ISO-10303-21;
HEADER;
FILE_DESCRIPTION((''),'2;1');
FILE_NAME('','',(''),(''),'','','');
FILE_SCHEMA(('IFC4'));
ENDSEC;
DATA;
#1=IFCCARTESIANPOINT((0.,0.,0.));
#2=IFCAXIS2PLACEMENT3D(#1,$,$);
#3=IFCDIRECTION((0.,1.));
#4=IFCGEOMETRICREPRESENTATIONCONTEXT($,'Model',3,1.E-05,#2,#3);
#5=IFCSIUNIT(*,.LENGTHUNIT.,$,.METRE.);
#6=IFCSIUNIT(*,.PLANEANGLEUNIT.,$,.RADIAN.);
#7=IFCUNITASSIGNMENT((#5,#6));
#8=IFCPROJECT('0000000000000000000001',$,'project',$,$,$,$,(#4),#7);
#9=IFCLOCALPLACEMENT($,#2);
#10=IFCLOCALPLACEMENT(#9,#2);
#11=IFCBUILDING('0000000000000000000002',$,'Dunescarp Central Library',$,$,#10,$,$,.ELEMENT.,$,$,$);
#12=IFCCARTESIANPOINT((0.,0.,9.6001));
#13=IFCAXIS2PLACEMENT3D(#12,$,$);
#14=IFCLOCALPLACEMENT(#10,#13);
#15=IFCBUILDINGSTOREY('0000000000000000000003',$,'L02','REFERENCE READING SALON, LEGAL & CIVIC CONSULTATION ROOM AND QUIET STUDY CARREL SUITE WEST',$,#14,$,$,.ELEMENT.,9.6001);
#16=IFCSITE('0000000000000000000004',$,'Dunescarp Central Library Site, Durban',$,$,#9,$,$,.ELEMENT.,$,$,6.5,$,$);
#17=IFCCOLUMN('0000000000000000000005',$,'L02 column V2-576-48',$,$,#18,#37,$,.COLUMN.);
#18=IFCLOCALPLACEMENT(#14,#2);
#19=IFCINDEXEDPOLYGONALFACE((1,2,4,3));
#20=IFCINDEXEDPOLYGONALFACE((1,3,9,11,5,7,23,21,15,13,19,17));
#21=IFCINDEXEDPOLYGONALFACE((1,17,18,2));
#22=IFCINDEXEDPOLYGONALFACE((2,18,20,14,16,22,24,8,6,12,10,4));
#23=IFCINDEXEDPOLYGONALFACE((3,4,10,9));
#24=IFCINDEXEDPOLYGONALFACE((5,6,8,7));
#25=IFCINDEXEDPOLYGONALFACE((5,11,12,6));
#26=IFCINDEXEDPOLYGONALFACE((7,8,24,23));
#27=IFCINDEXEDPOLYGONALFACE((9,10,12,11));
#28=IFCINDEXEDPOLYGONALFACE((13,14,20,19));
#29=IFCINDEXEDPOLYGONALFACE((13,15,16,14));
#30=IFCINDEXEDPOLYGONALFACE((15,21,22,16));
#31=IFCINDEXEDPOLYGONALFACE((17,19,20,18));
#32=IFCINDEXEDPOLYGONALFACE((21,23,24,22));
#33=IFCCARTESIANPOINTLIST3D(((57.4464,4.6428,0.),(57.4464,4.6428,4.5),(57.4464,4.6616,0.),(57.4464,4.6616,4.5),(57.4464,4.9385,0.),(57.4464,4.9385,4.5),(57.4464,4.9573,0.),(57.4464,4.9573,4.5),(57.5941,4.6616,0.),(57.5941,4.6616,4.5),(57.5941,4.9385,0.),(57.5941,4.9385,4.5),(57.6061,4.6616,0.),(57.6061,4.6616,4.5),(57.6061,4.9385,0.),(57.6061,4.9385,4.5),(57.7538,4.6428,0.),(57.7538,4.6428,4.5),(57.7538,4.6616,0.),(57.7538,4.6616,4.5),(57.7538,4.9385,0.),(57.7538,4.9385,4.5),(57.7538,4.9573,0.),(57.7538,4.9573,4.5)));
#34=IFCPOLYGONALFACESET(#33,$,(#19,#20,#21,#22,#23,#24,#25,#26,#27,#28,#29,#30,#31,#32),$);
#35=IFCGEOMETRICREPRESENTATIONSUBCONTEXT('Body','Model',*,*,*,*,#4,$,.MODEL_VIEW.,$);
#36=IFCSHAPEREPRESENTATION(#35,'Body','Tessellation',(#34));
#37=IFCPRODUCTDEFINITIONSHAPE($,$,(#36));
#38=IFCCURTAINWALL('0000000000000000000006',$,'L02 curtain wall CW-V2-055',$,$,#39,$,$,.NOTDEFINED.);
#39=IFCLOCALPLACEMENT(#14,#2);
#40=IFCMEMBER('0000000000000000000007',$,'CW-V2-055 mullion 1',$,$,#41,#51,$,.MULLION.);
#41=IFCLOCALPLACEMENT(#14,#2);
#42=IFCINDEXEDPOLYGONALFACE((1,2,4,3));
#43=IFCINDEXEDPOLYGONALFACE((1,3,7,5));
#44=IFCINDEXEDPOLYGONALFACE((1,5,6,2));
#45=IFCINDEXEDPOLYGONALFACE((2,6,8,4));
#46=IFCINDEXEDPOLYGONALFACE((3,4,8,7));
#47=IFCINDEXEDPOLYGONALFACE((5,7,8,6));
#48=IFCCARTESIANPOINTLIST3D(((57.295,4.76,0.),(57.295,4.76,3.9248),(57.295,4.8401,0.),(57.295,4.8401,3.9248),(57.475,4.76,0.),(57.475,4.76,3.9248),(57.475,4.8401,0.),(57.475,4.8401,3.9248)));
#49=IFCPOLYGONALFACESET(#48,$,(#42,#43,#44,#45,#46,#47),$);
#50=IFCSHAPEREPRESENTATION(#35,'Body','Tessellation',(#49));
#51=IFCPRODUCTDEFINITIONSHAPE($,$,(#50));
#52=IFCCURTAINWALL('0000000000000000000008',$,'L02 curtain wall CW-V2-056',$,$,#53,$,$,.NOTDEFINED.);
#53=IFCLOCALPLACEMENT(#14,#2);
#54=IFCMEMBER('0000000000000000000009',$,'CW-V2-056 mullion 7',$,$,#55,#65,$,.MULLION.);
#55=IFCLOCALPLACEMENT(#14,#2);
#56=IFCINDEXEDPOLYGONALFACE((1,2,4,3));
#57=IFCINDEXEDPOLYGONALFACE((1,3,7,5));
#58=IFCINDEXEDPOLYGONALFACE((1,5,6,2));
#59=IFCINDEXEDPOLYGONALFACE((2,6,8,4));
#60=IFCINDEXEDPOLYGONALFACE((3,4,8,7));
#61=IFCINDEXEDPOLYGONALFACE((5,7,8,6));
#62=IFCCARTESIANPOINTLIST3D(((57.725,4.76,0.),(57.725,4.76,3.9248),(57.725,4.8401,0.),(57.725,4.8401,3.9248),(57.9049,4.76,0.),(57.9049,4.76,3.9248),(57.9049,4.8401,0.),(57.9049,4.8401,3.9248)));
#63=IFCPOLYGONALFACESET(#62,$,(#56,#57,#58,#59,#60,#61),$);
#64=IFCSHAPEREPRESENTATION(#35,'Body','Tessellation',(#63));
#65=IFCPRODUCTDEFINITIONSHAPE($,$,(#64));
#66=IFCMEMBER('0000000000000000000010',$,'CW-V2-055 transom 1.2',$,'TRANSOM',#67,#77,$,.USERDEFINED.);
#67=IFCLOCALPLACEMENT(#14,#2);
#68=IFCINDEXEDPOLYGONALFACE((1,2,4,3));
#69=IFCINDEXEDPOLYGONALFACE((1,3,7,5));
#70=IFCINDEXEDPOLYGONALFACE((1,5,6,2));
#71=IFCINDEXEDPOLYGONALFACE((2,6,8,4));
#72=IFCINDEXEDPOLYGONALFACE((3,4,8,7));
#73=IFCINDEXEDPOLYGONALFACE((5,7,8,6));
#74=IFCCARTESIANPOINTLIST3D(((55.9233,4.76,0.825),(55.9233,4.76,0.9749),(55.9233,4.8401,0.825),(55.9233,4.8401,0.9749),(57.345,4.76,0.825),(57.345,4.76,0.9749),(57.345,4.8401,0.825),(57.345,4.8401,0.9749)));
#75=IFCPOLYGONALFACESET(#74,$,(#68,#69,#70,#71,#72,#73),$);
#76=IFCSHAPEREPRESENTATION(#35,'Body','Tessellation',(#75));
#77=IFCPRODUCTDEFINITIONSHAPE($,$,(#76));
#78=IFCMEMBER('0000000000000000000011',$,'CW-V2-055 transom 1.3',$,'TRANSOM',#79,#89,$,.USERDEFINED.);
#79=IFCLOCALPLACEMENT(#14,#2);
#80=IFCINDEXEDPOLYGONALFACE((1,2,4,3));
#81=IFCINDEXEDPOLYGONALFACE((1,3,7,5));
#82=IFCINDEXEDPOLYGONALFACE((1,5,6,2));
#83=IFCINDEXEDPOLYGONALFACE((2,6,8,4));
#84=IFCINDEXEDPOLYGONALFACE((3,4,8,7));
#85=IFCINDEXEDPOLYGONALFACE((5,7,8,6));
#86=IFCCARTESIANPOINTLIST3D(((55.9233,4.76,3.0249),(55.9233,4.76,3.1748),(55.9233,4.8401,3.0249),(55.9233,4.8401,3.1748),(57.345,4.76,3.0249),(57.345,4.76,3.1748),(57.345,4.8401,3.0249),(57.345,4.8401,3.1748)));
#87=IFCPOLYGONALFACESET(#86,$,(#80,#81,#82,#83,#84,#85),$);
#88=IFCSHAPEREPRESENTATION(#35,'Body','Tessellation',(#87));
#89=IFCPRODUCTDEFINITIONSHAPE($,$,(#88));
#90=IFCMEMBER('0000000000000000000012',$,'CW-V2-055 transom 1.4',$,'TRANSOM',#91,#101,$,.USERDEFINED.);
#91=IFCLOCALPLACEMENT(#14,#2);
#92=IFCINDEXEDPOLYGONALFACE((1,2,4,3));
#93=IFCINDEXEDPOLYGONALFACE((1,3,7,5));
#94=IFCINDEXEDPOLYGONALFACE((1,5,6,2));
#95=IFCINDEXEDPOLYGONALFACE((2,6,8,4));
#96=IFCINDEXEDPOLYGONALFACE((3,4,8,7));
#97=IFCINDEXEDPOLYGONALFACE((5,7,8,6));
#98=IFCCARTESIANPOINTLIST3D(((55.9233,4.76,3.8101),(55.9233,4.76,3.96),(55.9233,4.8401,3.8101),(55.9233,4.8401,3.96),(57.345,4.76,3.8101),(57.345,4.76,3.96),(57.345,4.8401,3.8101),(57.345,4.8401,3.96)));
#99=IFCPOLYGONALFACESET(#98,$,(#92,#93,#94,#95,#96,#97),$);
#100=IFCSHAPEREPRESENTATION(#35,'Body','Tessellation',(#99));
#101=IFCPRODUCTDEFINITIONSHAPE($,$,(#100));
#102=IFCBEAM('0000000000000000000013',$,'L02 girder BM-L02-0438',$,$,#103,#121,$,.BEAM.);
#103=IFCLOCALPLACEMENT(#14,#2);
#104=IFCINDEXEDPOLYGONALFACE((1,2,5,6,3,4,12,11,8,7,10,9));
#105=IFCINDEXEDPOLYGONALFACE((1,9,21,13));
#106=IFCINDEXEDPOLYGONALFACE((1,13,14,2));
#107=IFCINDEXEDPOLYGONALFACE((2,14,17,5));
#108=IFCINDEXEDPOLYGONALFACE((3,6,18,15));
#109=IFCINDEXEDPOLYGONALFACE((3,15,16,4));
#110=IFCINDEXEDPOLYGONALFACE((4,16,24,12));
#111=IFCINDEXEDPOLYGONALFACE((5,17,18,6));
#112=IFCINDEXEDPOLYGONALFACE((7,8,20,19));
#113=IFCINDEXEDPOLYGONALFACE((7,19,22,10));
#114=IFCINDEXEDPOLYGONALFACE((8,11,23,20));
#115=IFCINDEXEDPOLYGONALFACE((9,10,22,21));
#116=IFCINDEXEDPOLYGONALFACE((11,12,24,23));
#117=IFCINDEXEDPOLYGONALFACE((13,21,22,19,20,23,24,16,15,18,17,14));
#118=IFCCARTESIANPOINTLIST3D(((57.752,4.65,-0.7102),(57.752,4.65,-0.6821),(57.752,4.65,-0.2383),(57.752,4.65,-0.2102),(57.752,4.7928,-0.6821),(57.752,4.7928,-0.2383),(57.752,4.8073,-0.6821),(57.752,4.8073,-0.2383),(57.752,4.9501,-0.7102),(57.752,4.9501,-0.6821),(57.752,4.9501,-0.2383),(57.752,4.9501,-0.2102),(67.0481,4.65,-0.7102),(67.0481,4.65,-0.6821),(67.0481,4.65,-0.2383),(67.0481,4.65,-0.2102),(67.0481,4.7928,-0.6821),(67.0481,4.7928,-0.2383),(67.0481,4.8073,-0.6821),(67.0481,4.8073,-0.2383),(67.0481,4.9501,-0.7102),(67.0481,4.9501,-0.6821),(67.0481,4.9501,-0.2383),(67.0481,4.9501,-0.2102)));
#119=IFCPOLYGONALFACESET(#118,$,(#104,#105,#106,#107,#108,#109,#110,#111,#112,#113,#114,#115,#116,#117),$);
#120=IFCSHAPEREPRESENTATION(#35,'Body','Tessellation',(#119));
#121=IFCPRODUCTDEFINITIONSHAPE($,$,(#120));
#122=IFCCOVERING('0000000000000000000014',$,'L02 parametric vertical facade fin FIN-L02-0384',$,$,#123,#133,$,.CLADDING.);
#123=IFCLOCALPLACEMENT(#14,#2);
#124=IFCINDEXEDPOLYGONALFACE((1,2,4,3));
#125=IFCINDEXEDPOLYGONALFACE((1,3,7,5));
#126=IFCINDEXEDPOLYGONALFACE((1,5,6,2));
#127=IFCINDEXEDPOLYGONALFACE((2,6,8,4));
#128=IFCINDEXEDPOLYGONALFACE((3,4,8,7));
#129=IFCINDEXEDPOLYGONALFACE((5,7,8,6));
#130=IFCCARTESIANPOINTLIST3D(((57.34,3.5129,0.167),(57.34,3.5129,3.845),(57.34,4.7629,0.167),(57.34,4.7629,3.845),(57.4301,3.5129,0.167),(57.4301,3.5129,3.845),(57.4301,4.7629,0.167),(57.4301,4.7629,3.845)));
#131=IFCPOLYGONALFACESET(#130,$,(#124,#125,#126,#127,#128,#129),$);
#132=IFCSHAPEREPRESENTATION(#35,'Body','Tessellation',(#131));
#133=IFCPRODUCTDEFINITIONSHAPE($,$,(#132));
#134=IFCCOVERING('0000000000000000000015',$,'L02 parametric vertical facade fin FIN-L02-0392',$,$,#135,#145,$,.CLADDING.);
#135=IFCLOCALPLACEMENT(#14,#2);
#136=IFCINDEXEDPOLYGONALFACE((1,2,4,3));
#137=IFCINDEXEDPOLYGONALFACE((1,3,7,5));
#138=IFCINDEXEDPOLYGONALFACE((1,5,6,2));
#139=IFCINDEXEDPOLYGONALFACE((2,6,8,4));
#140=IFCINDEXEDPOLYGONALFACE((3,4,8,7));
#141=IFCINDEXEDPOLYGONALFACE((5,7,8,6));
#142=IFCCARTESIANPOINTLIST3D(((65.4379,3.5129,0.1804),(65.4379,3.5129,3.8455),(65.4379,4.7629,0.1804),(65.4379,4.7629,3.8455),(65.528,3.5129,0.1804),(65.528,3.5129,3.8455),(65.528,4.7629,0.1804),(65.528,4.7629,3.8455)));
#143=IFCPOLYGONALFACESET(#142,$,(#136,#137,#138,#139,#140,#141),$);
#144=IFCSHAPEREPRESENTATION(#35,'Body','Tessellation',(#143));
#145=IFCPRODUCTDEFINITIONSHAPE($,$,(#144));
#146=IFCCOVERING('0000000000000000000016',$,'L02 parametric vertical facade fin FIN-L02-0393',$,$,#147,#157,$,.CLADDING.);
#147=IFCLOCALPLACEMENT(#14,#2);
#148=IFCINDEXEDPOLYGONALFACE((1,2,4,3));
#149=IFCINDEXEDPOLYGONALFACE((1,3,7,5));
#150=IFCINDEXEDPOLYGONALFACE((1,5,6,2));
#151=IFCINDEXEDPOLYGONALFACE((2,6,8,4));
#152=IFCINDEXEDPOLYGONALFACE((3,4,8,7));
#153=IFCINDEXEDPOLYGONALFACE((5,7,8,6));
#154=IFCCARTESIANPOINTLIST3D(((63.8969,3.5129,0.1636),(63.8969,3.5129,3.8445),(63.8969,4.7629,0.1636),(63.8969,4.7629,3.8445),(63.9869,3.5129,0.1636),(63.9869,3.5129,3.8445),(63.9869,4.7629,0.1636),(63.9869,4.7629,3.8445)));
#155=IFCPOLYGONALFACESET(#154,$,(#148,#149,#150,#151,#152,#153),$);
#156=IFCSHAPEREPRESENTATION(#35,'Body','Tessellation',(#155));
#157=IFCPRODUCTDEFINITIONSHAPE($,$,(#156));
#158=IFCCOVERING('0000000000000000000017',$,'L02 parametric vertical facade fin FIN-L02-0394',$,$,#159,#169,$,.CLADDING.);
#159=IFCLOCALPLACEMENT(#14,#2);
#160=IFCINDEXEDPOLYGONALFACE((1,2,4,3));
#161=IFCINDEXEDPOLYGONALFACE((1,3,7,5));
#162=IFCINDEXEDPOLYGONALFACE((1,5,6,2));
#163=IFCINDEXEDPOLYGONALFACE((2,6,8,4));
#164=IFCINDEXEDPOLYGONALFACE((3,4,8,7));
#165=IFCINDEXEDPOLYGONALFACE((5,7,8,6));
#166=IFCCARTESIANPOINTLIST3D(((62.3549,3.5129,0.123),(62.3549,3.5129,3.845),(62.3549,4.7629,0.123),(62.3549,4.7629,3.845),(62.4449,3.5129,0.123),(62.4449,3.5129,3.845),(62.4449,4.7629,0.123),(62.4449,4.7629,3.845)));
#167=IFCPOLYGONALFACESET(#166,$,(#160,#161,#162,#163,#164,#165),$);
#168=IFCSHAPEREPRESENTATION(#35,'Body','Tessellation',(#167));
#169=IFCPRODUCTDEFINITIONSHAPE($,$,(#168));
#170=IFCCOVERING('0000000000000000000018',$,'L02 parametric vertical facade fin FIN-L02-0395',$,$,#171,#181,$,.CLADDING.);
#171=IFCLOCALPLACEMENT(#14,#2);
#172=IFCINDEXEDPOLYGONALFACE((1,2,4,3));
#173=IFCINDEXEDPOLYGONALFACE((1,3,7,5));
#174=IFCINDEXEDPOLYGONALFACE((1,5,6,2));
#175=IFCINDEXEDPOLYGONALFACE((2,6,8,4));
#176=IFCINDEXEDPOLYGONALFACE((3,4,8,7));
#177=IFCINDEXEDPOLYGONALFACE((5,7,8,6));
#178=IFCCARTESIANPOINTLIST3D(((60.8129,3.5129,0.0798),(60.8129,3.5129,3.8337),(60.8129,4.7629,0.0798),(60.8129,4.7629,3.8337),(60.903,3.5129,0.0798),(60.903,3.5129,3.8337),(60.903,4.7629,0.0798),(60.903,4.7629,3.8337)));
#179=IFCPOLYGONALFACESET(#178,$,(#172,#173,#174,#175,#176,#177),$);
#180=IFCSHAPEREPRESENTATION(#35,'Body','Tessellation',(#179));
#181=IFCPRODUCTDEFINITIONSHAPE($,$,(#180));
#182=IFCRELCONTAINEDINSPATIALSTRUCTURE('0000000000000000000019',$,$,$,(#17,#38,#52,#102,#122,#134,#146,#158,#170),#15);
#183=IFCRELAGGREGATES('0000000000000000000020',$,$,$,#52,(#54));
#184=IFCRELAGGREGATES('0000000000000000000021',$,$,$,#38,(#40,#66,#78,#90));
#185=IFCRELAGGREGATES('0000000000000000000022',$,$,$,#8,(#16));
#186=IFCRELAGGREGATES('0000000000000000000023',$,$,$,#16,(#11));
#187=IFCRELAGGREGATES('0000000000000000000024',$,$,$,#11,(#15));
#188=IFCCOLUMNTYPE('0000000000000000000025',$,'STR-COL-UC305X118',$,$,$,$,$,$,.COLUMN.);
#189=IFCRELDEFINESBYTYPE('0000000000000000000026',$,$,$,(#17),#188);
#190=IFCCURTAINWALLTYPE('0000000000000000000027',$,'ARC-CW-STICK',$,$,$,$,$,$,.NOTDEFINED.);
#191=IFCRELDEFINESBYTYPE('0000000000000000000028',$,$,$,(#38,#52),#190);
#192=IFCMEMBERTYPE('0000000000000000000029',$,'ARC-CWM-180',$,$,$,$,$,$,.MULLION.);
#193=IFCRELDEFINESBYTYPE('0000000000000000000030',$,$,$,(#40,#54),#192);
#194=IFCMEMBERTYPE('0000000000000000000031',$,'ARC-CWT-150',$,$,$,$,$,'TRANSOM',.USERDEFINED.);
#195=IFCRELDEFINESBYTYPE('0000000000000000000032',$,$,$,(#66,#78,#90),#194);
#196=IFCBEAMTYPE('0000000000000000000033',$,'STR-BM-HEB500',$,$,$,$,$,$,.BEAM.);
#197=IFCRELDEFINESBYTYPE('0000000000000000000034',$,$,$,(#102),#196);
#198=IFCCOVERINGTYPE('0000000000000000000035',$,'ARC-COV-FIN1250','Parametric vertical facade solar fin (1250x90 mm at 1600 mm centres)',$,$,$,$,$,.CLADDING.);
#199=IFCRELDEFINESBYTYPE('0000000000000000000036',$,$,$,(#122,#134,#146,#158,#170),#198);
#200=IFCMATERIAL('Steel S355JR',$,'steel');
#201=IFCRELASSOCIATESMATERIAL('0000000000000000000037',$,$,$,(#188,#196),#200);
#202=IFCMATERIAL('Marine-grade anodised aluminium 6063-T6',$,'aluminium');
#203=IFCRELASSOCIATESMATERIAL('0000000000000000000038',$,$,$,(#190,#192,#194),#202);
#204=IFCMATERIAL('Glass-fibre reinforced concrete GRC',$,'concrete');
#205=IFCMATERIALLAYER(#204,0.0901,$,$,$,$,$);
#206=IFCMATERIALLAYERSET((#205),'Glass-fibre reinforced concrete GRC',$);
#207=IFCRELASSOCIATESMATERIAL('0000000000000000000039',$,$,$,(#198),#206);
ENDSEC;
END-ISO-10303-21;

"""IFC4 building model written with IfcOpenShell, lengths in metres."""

from ifc_helpers import new_model, si_unit, direction, frame, origin, origin_2d, place, context, subcontext, project, spatial, rectangle, i_section, extrude, material, layer, layer_set, material_profile, profile_set, type_object, element, aggregate, save


model = new_model("IFC4")

# Units and contexts
model_context = context("Model", 3, precision=1e-05, world=origin(), true_north=direction((0.0, 1.0)))
body_context = subcontext(model_context, "Body", "Model", "MODEL_VIEW")
ifc_project = project(units=[si_unit("LENGTHUNIT", "METRE"), si_unit("PLANEANGLEUNIT", "RADIAN")], contexts=[model_context])

# Site, building, storey
site_placement = place(None, origin())
site = spatial("IfcSite", under=ifc_project, at=site_placement, Name="Dunescarp Central Library Site, Durban", CompositionType="ELEMENT", RefElevation=6.5)
building_placement = place(site_placement, origin())
building = spatial("IfcBuilding", under=site, at=building_placement, Name="Dunescarp Central Library", CompositionType="ELEMENT")
storey_placement = place(building_placement, frame((0.0, 0.0, 9.6001)))
storey = spatial("IfcBuildingStorey", under=building, at=storey_placement, Name="L02", Description="REFERENCE READING SALON, LEGAL & CIVIC CONSULTATION ROOM AND QUIET STUDY CARREL SUITE WEST", CompositionType="ELEMENT", Elevation=9.6001)

# Column
ifc_material_1 = material(Name="Steel S355JR", Category="steel")
ifc_material_profile_1 = material_profile(ifc_material_1, i_section(OverallWidth=0.3074, OverallDepth=0.3145, WebThickness=0.012, FlangeThickness=0.0188, at=origin_2d()), Name="UC 305x305x118")
ifc_profile_set_1 = profile_set([ifc_material_profile_1], Name="Steel S355JR")
column_type = type_object("IfcColumnType", Name="STR-COL-UC305X118", PredefinedType="COLUMN", material=ifc_profile_set_1)
column_placement = place(storey_placement, frame((57.6001, 4.8, 0.0), z_axis=(0.0, 0.0, 1.0), x_axis=(1.0, 0.0, 0.0)))
element("IfcColumn", 1, at=column_placement, inside=storey, type_object=column_type, Name="L02 column V2-576-48", PredefinedType="COLUMN", context=body_context, shape_type="SweptSolid", body=[
    extrude(i_section(OverallWidth=0.3074, OverallDepth=0.3145, WebThickness=0.012, FlangeThickness=0.0188, at=origin_2d()), origin(), (0.0, 0.0, 1.0), 4.5),
])

# Curtain walls, members
ifc_material_2 = material(Name="Marine-grade anodised aluminium 6063-T6", Category="aluminium")
curtain_wall_type = type_object("IfcCurtainWallType", Name="ARC-CW-STICK", PredefinedType="NOTDEFINED", material=ifc_material_2)
curtain_wall_1_placement = place(storey_placement, origin())
curtain_wall_1 = element("IfcCurtainWall", 2, at=curtain_wall_1_placement, inside=storey, type_object=curtain_wall_type, Name="L02 curtain wall CW-V2-055", PredefinedType="NOTDEFINED")
ifc_material_profile_2 = material_profile(ifc_material_2, rectangle(XDim=0.0801, YDim=0.1799, at=origin_2d()), Name="AL 80x180")
ifc_profile_set_2 = profile_set([ifc_material_profile_2], Name="Marine-grade anodised aluminium 6063-T6")
member_type_1 = type_object("IfcMemberType", Name="ARC-CWM-180", PredefinedType="MULLION", material=ifc_profile_set_2)
member_1_placement = place(storey_placement, frame((57.385, 4.8, 0.0), z_axis=(0.0, 0.0, 1.0), x_axis=(0.0, -1.0, 0.0)))
member_1 = element("IfcMember", 3, at=member_1_placement, type_object=member_type_1, Name="CW-V2-055 mullion 1", PredefinedType="MULLION", context=body_context, shape_type="SweptSolid", body=[
    extrude(rectangle(XDim=0.0801, YDim=0.1799, at=origin_2d()), origin(), (0.0, 0.0, 1.0), 3.9248),
])
curtain_wall_2_placement = place(storey_placement, origin())
curtain_wall_2 = element("IfcCurtainWall", 4, at=curtain_wall_2_placement, inside=storey, type_object=curtain_wall_type, Name="L02 curtain wall CW-V2-056", PredefinedType="NOTDEFINED")
member_2_placement = place(storey_placement, frame((57.8149, 4.8, 0.0), z_axis=(0.0, 0.0, 1.0), x_axis=(0.0, -1.0, 0.0)))
member_2 = element("IfcMember", 5, at=member_2_placement, type_object=member_type_1, Name="CW-V2-056 mullion 7", PredefinedType="MULLION", context=body_context, shape_type="SweptSolid", body=[
    extrude(rectangle(XDim=0.0801, YDim=0.1799, at=origin_2d()), origin(), (0.0, 0.0, 1.0), 3.9248),
])
aggregate(curtain_wall_2, [member_2])

# Members
ifc_material_profile_3 = material_profile(ifc_material_2, rectangle(XDim=0.0801, YDim=0.1499, at=origin_2d()), Name="AL 80x150")
ifc_profile_set_3 = profile_set([ifc_material_profile_3], Name="Marine-grade anodised aluminium 6063-T6")
member_type_2 = type_object("IfcMemberType", Name="ARC-CWT-150", ElementType="TRANSOM", PredefinedType="USERDEFINED", material=ifc_profile_set_3)
member_3_placement = place(storey_placement, frame((57.345, 4.8, 0.8999), z_axis=(-1.0, 0.0, 0.0), x_axis=(0.0, -1.0, 0.0)))
member_3 = element("IfcMember", 6, at=member_3_placement, type_object=member_type_2, Name="CW-V2-055 transom 1.2", ObjectType="TRANSOM", PredefinedType="USERDEFINED", context=body_context, shape_type="SweptSolid", body=[
    extrude(rectangle(XDim=0.0801, YDim=0.1499, at=origin_2d()), origin(), (0.0, 0.0, 1.0), 1.4216),
])
member_4_placement = place(storey_placement, frame((57.345, 4.8, 3.0999), z_axis=(-1.0, 0.0, 0.0), x_axis=(0.0, -1.0, 0.0)))
member_4 = element("IfcMember", 7, at=member_4_placement, type_object=member_type_2, Name="CW-V2-055 transom 1.3", ObjectType="TRANSOM", PredefinedType="USERDEFINED", context=body_context, shape_type="SweptSolid", body=[
    extrude(rectangle(XDim=0.0801, YDim=0.1499, at=origin_2d()), origin(), (0.0, 0.0, 1.0), 1.4216),
])
member_5_placement = place(storey_placement, frame((57.345, 4.8, 3.885), z_axis=(-1.0, 0.0, 0.0), x_axis=(0.0, -1.0, 0.0)))
member_5 = element("IfcMember", 8, at=member_5_placement, type_object=member_type_2, Name="CW-V2-055 transom 1.4", ObjectType="TRANSOM", PredefinedType="USERDEFINED", context=body_context, shape_type="SweptSolid", body=[
    extrude(rectangle(XDim=0.0801, YDim=0.1499, at=origin_2d()), origin(), (0.0, 0.0, 1.0), 1.4216),
])
aggregate(curtain_wall_1, [member_1, member_3, member_4, member_5])

# Beam
ifc_material_profile_4 = material_profile(ifc_material_1, i_section(OverallWidth=0.3, OverallDepth=0.5, WebThickness=0.0144, FlangeThickness=0.0281, at=origin_2d()), Name="HEB 500")
ifc_profile_set_4 = profile_set([ifc_material_profile_4], Name="Steel S355JR")
beam_type = type_object("IfcBeamType", Name="STR-BM-HEB500", PredefinedType="BEAM", material=ifc_profile_set_4)
beam_placement = place(storey_placement, frame((57.752, 4.8, -0.4602), z_axis=(1.0, 0.0, 0.0), x_axis=(0.0, 1.0, 0.0)))
element("IfcBeam", 9, at=beam_placement, inside=storey, type_object=beam_type, Name="L02 girder BM-L02-0438", PredefinedType="BEAM", context=body_context, shape_type="SweptSolid", body=[
    extrude(i_section(OverallWidth=0.3, OverallDepth=0.5, WebThickness=0.0144, FlangeThickness=0.0281, at=origin_2d()), origin(), (0.0, 0.0, 1.0), 9.2961),
])

# Coverings
ifc_material_3 = material(Name="Glass-fibre reinforced concrete GRC", Category="concrete")
ifc_layer = layer(ifc_material_3, 0.0901)
ifc_layer_set = layer_set([ifc_layer], Name="Glass-fibre reinforced concrete GRC")
covering_type = type_object("IfcCoveringType", Name="ARC-COV-FIN1250", Description="Parametric vertical facade solar fin (1250x90 mm at 1600 mm centres)", PredefinedType="CLADDING", material=ifc_layer_set)
covering_1_placement = place(storey_placement, frame((57.385, 4.1379, 0.167), z_axis=(0.0, 0.0, 1.0), x_axis=(0.0, -1.0, 0.0)))
element("IfcCovering", 10, at=covering_1_placement, inside=storey, type_object=covering_type, Name="L02 parametric vertical facade fin FIN-L02-0384", PredefinedType="CLADDING", context=body_context, shape_type="SweptSolid", body=[
    extrude(rectangle(XDim=1.25, YDim=0.0901, at=origin_2d()), origin(), (0.0, 0.0, 1.0), 3.678),
])
covering_2_placement = place(storey_placement, frame((65.4829, 4.1379, 0.1804), z_axis=(0.0, 0.0, 1.0), x_axis=(0.0, -1.0, 0.0)))
element("IfcCovering", 11, at=covering_2_placement, inside=storey, type_object=covering_type, Name="L02 parametric vertical facade fin FIN-L02-0392", PredefinedType="CLADDING", context=body_context, shape_type="SweptSolid", body=[
    extrude(rectangle(XDim=1.25, YDim=0.0901, at=origin_2d()), origin(), (0.0, 0.0, 1.0), 3.665),
])
covering_3_placement = place(storey_placement, frame((63.9419, 4.1379, 0.1636), z_axis=(0.0, 0.0, 1.0), x_axis=(0.0, -1.0, 0.0)))
element("IfcCovering", 12, at=covering_3_placement, inside=storey, type_object=covering_type, Name="L02 parametric vertical facade fin FIN-L02-0393", PredefinedType="CLADDING", context=body_context, shape_type="SweptSolid", body=[
    extrude(rectangle(XDim=1.25, YDim=0.0901, at=origin_2d()), origin(), (0.0, 0.0, 1.0), 3.6809),
])
covering_4_placement = place(storey_placement, frame((62.3999, 4.1379, 0.123), z_axis=(0.0, 0.0, 1.0), x_axis=(0.0, -1.0, 0.0)))
element("IfcCovering", 13, at=covering_4_placement, inside=storey, type_object=covering_type, Name="L02 parametric vertical facade fin FIN-L02-0394", PredefinedType="CLADDING", context=body_context, shape_type="SweptSolid", body=[
    extrude(rectangle(XDim=1.25, YDim=0.0901, at=origin_2d()), origin(), (0.0, 0.0, 1.0), 3.7219),
])
covering_5_placement = place(storey_placement, frame((60.8579, 4.1379, 0.0798), z_axis=(0.0, 0.0, 1.0), x_axis=(0.0, -1.0, 0.0)))
element("IfcCovering", 14, at=covering_5_placement, inside=storey, type_object=covering_type, Name="L02 parametric vertical facade fin FIN-L02-0395", PredefinedType="CLADDING", context=body_context, shape_type="SweptSolid", body=[
    extrude(rectangle(XDim=1.25, YDim=0.0901, at=origin_2d()), origin(), (0.0, 0.0, 1.0), 3.7539),
])

save(model, "model.ifc")
